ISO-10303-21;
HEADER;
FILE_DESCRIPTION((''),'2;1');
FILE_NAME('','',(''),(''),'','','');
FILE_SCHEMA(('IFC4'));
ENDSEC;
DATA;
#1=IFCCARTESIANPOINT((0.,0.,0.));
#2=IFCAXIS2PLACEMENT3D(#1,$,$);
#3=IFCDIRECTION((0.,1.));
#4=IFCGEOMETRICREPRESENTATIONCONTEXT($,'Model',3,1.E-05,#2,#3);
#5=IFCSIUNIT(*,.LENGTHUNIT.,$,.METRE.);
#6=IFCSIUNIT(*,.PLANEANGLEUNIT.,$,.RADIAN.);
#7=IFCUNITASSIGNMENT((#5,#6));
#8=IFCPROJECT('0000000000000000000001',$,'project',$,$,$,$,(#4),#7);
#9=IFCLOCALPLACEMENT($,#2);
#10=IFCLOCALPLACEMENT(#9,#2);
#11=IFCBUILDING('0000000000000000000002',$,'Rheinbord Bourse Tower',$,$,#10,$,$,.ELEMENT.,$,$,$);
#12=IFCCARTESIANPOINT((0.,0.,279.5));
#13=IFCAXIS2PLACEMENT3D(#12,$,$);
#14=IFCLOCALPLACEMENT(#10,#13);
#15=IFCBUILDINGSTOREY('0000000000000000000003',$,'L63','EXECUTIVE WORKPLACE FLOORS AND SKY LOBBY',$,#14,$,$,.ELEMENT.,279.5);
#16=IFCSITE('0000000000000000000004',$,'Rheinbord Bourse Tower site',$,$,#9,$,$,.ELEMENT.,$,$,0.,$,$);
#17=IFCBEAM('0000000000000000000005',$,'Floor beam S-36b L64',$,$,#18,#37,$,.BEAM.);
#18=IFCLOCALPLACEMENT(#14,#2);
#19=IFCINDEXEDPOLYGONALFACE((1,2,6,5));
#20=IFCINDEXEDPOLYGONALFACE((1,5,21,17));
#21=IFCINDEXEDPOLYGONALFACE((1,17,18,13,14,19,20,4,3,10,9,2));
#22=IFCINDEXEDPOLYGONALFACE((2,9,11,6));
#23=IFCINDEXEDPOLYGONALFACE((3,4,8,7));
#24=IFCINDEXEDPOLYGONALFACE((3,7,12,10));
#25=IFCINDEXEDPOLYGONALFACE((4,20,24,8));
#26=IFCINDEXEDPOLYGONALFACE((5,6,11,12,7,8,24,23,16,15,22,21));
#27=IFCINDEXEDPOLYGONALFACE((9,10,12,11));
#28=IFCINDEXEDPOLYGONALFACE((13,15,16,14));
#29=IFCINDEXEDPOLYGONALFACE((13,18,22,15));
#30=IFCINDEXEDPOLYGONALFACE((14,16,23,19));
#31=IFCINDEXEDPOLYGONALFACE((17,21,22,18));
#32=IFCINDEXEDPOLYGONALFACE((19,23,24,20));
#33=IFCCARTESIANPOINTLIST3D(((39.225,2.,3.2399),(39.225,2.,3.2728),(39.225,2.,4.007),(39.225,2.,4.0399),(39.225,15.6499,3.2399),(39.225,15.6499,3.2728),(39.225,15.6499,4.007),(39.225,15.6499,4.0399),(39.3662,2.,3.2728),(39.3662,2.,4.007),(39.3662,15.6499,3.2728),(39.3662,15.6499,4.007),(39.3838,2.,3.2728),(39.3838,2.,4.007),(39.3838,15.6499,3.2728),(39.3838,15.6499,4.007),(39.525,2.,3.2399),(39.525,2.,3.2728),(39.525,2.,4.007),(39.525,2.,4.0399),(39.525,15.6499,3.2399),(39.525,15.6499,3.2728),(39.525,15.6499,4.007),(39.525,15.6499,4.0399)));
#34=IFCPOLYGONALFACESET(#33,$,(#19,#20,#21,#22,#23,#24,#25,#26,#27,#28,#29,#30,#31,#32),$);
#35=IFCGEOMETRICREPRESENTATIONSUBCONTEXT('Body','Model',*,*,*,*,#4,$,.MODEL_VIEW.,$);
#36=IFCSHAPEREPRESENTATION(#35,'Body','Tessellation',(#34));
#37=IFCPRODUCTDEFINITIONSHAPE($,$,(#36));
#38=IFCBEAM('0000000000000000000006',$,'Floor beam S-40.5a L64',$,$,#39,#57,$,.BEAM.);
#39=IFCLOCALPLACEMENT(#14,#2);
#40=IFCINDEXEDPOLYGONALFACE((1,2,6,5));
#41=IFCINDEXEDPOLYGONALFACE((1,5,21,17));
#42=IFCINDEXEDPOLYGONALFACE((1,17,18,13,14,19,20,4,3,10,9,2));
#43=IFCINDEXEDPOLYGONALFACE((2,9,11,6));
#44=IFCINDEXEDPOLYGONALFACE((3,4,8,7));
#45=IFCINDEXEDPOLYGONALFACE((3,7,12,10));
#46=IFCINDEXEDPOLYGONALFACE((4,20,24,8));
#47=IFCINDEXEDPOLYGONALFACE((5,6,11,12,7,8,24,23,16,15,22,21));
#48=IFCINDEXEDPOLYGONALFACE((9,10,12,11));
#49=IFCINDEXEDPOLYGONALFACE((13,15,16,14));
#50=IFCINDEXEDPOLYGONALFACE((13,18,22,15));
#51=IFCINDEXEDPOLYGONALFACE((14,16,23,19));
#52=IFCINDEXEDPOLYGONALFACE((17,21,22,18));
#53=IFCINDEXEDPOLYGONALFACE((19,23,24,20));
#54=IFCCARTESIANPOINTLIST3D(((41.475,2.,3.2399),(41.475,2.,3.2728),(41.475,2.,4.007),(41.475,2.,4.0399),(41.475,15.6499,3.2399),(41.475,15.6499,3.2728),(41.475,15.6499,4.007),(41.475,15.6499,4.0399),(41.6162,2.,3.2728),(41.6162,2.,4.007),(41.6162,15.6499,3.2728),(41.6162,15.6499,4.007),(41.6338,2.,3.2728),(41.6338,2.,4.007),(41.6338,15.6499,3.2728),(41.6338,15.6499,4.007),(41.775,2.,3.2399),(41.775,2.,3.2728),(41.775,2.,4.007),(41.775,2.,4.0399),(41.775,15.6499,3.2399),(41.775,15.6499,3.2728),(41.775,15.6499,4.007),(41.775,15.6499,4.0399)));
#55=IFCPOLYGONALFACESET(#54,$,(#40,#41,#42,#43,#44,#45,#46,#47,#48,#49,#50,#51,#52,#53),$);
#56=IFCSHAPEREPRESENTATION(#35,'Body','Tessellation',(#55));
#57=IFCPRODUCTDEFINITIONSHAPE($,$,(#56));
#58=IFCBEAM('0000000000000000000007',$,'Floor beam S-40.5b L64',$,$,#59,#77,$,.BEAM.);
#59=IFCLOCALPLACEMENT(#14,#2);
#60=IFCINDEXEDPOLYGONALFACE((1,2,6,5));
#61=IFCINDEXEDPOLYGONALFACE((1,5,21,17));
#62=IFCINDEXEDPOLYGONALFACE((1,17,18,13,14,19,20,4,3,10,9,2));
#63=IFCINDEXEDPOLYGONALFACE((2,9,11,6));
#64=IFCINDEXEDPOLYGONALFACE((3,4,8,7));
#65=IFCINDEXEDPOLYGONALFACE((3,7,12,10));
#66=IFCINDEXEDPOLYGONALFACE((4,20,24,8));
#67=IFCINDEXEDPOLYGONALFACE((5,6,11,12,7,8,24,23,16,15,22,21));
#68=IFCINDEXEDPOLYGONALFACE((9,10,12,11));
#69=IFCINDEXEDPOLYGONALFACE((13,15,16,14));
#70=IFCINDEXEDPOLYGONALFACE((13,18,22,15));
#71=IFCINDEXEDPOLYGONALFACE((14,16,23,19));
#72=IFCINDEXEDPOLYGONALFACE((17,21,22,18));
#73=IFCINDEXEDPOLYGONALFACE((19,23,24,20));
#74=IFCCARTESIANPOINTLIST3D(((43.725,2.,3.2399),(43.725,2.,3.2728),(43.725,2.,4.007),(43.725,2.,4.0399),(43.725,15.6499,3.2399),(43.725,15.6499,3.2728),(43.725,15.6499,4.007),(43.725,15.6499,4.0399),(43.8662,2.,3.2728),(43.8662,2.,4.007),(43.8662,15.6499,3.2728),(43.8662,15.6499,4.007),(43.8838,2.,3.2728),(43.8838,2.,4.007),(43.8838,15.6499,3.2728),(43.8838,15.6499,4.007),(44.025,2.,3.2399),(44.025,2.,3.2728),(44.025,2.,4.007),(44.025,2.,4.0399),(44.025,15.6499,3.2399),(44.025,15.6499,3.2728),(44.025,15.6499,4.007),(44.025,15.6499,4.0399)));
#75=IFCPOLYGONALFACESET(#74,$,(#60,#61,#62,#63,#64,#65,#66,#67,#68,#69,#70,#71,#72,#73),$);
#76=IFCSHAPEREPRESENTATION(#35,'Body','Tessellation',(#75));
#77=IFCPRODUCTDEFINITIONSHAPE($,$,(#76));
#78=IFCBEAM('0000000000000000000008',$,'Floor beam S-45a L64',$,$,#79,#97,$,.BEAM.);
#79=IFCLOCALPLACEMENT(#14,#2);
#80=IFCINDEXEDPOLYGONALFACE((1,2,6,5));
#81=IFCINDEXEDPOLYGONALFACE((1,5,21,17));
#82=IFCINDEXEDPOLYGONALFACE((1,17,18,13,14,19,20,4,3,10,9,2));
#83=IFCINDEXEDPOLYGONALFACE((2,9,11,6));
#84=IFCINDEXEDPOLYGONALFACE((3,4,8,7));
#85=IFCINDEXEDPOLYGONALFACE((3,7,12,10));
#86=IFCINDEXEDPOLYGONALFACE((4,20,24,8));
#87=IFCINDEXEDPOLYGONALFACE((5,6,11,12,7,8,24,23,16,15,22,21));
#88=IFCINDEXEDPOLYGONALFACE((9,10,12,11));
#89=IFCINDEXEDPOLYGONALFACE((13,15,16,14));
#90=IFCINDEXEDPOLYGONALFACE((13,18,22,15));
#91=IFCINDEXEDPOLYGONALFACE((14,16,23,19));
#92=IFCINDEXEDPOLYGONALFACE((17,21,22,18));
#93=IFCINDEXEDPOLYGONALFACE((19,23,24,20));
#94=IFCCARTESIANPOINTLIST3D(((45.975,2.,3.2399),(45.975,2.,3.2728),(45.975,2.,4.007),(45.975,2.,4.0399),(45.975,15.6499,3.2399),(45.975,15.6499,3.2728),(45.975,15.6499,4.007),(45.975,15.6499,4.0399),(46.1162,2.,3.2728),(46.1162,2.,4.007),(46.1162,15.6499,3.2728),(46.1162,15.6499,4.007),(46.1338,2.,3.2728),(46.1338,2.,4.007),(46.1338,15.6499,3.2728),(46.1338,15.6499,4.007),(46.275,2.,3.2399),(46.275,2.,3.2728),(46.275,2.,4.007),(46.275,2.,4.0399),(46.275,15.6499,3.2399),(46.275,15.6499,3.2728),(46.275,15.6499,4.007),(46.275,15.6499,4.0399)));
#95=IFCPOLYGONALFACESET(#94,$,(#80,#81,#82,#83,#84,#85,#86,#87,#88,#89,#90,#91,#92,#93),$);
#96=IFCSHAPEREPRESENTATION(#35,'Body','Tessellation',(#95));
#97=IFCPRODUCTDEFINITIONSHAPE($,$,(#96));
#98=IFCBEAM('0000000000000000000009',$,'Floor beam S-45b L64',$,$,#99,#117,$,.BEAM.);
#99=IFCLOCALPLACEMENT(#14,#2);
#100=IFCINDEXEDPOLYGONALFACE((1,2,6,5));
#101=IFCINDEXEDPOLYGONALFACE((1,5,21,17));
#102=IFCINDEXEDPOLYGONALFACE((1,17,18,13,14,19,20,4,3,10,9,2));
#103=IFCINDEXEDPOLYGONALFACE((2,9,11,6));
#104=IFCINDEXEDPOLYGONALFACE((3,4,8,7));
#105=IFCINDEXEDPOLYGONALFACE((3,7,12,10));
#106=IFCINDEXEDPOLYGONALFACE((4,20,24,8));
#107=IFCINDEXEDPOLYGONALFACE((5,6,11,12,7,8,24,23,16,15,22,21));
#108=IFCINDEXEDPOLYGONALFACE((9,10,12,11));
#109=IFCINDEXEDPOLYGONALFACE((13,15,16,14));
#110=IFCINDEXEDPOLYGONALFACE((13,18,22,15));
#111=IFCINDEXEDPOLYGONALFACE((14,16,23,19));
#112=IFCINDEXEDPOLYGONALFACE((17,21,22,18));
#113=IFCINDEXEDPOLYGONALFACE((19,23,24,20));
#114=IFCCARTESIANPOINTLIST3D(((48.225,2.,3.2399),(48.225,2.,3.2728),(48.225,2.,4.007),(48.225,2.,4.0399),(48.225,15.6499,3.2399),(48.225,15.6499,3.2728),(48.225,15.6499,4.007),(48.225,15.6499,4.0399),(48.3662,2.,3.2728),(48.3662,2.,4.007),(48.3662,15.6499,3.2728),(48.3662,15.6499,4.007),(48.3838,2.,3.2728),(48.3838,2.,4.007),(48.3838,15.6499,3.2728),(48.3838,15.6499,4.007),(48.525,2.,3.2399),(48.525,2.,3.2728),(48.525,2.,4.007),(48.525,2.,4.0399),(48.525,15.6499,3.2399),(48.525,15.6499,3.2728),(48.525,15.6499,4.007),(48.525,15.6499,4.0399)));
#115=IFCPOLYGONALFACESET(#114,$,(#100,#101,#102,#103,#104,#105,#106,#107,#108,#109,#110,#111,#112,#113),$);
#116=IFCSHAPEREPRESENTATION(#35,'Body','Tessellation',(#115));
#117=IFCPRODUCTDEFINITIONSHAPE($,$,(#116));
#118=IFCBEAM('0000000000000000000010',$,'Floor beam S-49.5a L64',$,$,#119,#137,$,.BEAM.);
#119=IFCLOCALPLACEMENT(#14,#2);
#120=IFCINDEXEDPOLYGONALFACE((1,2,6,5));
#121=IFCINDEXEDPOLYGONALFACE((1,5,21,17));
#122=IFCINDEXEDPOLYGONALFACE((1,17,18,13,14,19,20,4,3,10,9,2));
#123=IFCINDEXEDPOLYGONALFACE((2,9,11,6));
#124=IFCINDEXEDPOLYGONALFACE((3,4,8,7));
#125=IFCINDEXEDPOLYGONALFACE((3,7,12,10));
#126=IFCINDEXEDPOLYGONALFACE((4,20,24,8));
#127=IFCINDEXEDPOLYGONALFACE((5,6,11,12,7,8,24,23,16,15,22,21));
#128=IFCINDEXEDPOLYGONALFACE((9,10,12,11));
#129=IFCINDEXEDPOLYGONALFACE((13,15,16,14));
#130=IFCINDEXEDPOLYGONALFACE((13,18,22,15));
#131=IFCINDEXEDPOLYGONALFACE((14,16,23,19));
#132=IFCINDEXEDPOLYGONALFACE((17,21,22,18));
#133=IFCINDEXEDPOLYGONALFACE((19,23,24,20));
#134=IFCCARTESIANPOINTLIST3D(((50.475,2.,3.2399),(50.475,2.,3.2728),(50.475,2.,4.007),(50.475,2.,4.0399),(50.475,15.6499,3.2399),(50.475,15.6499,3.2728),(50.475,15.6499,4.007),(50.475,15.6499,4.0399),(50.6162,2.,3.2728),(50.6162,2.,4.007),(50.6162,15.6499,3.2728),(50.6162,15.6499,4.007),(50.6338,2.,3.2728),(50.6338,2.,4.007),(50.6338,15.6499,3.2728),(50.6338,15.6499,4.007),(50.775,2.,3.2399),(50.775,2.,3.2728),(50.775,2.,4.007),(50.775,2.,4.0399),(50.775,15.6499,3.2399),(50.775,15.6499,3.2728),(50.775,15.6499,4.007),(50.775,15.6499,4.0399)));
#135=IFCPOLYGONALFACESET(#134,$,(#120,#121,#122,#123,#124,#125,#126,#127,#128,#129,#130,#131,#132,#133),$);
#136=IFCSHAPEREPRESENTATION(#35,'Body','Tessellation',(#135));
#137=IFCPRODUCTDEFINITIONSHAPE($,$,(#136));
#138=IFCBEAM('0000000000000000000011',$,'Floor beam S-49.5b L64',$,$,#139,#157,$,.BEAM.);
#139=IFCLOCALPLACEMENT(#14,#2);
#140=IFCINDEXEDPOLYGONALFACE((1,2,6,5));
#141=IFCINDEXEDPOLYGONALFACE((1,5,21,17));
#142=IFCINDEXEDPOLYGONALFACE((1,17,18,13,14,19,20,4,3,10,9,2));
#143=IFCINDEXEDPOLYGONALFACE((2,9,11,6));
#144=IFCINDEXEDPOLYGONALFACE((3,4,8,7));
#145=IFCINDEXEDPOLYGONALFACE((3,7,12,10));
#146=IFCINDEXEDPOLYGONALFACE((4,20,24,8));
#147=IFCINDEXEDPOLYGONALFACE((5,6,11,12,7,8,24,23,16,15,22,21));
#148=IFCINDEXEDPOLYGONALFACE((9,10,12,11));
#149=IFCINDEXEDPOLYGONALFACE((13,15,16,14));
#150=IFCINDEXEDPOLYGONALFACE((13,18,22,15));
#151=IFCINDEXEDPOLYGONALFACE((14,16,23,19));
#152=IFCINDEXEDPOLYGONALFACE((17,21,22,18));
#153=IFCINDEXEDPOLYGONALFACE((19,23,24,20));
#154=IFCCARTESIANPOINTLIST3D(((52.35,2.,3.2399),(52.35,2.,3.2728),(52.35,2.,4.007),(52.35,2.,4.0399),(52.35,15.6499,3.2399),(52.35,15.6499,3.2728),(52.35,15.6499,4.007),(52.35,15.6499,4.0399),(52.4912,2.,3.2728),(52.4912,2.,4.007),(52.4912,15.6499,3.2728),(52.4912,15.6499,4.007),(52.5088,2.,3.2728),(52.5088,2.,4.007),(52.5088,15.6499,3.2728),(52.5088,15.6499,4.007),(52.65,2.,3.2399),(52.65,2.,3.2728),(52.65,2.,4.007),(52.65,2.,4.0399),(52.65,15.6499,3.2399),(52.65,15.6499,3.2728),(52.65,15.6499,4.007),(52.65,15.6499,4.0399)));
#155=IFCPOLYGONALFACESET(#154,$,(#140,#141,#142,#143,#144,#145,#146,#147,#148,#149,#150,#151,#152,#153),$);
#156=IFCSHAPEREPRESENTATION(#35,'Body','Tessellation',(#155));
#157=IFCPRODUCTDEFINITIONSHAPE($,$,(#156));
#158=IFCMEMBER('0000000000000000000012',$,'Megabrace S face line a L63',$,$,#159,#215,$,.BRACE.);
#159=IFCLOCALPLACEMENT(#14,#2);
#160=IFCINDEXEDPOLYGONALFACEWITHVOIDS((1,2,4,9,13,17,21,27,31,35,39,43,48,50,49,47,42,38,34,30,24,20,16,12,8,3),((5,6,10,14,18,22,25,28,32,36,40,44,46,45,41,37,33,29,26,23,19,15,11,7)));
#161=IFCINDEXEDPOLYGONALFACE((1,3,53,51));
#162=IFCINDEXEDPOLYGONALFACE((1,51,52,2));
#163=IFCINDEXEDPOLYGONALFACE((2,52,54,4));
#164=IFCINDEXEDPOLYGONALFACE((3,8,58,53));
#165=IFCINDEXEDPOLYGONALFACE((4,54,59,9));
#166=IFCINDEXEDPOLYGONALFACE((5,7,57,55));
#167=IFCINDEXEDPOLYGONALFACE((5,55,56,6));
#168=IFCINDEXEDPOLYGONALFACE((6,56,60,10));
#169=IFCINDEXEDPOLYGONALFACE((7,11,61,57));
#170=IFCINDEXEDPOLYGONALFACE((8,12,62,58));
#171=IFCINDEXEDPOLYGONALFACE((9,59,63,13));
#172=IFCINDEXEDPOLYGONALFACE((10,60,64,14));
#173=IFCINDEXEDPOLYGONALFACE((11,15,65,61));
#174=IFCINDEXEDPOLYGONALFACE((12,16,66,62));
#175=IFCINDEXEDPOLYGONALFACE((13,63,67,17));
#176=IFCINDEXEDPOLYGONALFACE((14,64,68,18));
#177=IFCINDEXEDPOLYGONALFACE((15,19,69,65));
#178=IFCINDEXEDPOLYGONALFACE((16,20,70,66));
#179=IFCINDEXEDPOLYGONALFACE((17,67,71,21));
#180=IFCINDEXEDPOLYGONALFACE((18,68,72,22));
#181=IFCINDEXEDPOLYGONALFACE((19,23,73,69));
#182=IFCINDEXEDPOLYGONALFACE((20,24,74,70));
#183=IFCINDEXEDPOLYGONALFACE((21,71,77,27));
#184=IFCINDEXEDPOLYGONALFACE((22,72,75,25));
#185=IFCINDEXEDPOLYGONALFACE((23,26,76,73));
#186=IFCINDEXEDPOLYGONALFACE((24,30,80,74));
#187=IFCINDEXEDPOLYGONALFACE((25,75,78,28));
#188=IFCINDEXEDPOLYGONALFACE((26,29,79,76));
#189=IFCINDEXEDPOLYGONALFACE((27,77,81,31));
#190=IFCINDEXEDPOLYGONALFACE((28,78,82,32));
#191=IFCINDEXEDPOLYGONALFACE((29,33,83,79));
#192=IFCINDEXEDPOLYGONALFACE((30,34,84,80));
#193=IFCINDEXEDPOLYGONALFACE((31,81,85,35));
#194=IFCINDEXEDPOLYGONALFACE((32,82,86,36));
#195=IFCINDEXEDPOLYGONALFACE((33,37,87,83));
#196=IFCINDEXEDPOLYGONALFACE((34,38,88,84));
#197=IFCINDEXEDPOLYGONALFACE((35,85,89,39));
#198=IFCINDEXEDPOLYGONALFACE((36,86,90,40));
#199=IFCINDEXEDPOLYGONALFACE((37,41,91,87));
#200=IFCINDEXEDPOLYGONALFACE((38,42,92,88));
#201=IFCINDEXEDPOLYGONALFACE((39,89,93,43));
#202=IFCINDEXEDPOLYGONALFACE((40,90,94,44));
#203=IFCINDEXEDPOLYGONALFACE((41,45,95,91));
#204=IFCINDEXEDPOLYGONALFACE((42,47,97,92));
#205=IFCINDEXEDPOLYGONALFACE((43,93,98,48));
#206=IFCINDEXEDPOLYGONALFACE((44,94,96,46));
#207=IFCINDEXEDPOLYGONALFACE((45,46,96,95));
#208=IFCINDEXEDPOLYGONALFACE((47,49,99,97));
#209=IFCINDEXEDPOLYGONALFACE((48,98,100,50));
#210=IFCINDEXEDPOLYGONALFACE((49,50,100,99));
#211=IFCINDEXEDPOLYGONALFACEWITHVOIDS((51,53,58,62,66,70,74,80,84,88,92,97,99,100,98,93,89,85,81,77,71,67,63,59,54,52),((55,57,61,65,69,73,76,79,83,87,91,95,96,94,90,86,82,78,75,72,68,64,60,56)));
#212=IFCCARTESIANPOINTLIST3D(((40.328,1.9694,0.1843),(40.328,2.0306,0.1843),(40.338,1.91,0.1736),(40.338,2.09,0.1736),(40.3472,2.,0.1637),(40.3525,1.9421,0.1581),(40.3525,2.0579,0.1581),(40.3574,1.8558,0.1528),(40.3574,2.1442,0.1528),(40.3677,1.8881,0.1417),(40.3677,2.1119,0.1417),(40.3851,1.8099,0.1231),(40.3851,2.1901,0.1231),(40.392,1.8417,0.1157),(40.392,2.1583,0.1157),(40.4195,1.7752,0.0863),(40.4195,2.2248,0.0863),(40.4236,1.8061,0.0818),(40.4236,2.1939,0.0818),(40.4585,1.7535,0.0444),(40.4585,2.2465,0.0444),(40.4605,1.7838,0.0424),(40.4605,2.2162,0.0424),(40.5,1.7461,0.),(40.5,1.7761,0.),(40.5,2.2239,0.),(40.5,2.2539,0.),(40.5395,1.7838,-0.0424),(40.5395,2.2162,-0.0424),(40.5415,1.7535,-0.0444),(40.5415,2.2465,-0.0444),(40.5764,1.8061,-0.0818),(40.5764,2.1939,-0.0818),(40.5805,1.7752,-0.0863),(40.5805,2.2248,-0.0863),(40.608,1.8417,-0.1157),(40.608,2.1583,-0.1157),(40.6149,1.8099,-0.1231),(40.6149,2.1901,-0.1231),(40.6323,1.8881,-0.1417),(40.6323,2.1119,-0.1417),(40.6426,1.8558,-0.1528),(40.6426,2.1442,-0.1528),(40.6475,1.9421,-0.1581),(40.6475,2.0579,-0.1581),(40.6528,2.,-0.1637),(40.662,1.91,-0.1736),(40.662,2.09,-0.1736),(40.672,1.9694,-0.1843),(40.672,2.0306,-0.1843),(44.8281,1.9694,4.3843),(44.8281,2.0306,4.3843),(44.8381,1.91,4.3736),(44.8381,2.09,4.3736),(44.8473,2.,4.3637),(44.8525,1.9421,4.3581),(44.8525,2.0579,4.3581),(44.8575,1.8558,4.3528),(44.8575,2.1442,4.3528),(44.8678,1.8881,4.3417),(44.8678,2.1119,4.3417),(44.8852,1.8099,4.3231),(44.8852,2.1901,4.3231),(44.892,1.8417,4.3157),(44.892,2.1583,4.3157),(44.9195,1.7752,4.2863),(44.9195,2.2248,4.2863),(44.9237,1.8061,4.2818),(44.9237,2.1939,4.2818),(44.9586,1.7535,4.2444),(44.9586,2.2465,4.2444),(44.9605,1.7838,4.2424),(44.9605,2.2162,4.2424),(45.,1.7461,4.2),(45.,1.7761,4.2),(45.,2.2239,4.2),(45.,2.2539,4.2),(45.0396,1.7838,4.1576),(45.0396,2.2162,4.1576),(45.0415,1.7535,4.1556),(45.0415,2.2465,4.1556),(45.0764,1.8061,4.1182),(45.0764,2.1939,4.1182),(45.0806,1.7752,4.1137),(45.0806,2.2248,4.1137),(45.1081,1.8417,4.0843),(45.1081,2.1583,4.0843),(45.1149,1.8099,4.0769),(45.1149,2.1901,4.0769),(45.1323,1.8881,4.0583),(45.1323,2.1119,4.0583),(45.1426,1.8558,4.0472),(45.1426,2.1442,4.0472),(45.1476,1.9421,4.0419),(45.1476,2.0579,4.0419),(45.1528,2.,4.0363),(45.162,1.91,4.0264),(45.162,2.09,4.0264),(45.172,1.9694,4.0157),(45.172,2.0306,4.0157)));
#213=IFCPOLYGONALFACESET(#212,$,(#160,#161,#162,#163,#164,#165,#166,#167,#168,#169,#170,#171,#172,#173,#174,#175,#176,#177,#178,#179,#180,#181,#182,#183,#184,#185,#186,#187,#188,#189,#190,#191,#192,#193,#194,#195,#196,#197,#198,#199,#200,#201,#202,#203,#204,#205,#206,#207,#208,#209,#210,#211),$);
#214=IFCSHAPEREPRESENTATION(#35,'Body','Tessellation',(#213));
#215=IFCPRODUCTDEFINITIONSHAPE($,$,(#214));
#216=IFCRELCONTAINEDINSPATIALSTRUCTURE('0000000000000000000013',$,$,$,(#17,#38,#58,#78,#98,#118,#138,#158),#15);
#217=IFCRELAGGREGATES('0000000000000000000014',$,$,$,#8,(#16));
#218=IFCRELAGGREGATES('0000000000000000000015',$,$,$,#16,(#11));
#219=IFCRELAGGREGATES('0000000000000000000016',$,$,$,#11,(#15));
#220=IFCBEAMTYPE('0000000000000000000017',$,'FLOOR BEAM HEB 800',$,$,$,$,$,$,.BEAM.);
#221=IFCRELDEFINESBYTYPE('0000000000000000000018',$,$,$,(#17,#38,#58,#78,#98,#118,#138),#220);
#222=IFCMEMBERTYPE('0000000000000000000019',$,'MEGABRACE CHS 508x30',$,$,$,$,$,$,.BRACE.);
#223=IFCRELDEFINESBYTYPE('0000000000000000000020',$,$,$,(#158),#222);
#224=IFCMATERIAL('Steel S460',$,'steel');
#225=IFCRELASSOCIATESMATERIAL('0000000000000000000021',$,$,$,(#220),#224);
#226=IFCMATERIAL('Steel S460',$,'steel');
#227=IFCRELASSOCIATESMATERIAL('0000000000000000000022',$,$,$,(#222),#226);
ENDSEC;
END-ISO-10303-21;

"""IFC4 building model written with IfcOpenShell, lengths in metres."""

from ifc_helpers import new_model, si_unit, direction, frame, origin, origin_2d, place, context, subcontext, project, spatial, hollow_circle, i_section, extrude, material, material_profile, profile_set, type_object, element, save


model = new_model("IFC4")

# Units and contexts
model_context = context("Model", 3, precision=1e-05, world=origin(), true_north=direction((0.0, 1.0)))
body_context = subcontext(model_context, "Body", "Model", "MODEL_VIEW")
ifc_project = project(units=[si_unit("LENGTHUNIT", "METRE"), si_unit("PLANEANGLEUNIT", "RADIAN")], contexts=[model_context])

# Site, building, storey
site_placement = place(None, origin())
site = spatial("IfcSite", under=ifc_project, at=site_placement, Name="Rheinbord Bourse Tower site", CompositionType="ELEMENT", RefElevation=0.0)
building_placement = place(site_placement, origin())
building = spatial("IfcBuilding", under=site, at=building_placement, Name="Rheinbord Bourse Tower", CompositionType="ELEMENT")
storey_placement = place(building_placement, frame((0.0, 0.0, 279.5)))
storey = spatial("IfcBuildingStorey", under=building, at=storey_placement, Name="L63", Description="EXECUTIVE WORKPLACE FLOORS AND SKY LOBBY", CompositionType="ELEMENT", Elevation=279.5)

# Beams
ifc_material_1 = material(Name="Steel S460", Category="steel")
ifc_material_profile_1 = material_profile(ifc_material_1, i_section(OverallWidth=0.3, OverallDepth=0.8, WebThickness=0.0176, FlangeThickness=0.033, at=origin_2d()), Name="HEB 800")
ifc_profile_set_1 = profile_set([ifc_material_profile_1], Name="Steel S460")
beam_type_1 = type_object("IfcBeamType", Name="FLOOR BEAM HEB 800", PredefinedType="BEAM", material=ifc_profile_set_1)
for number, where, z_axis, x_axis, name in (
    (1, (39.375, 2.0, 3.6399), (0.0, 1.0, 0.0), (-1.0, 0.0, 0.0), "Floor beam S-36b L64"),
    (2, (41.625, 2.0, 3.6399), (0.0, 1.0, 0.0), (-1.0, 0.0, 0.0), "Floor beam S-40.5a L64"),
    (3, (43.875, 2.0, 3.6399), (0.0, 1.0, 0.0), (-1.0, 0.0, 0.0), "Floor beam S-40.5b L64"),
    (4, (46.125, 2.0, 3.6399), (0.0, 1.0, 0.0), (-1.0, 0.0, 0.0), "Floor beam S-45a L64"),
    (5, (48.375, 2.0, 3.6399), (0.0, 1.0, 0.0), (-1.0, 0.0, 0.0), "Floor beam S-45b L64"),
    (6, (50.625, 2.0, 3.6399), (0.0, 1.0, 0.0), (-1.0, 0.0, 0.0), "Floor beam S-49.5a L64"),
    (7, (52.5, 2.0, 3.6399), (0.0, 1.0, 0.0), (-1.0, 0.0, 0.0), "Floor beam S-49.5b L64"),
):
    element("IfcBeam", number, at=place(storey_placement, frame(where, z_axis=z_axis, x_axis=x_axis)), inside=storey, type_object=beam_type_1, Name=name, PredefinedType="BEAM", context=body_context, shape_type="SweptSolid", body=[
        extrude(i_section(OverallWidth=0.3, OverallDepth=0.8, WebThickness=0.0176, FlangeThickness=0.033, at=origin_2d()), origin(), (0.0, 0.0, 1.0), 13.6499),
    ])

# Member
ifc_material_2 = material(Name="Steel S460", Category="steel")
ifc_material_profile_2 = material_profile(ifc_material_2, hollow_circle(Radius=0.2539, WallThickness=0.03, at=origin_2d()), Name="CHS 508x30")
ifc_profile_set_2 = profile_set([ifc_material_profile_2], Name="Steel S460")
member_type_1 = type_object("IfcMemberType", Name="MEGABRACE CHS 508x30", PredefinedType="BRACE", material=ifc_profile_set_2)
member_1_placement = place(storey_placement, frame((40.5, 2.0, 0.0), z_axis=(0.731059, 0.0, 0.682314), x_axis=(0.0, 1.0, 0.0)))
element("IfcMember", 8, at=member_1_placement, inside=storey, type_object=member_type_1, Name="Megabrace S face line a L63", PredefinedType="BRACE", context=body_context, shape_type="SweptSolid", body=[
    extrude(hollow_circle(Radius=0.2539, WallThickness=0.03, at=origin_2d()), origin(), (0.0, 0.0, 1.0), 6.1555),
])

save(model, "model.ifc")
